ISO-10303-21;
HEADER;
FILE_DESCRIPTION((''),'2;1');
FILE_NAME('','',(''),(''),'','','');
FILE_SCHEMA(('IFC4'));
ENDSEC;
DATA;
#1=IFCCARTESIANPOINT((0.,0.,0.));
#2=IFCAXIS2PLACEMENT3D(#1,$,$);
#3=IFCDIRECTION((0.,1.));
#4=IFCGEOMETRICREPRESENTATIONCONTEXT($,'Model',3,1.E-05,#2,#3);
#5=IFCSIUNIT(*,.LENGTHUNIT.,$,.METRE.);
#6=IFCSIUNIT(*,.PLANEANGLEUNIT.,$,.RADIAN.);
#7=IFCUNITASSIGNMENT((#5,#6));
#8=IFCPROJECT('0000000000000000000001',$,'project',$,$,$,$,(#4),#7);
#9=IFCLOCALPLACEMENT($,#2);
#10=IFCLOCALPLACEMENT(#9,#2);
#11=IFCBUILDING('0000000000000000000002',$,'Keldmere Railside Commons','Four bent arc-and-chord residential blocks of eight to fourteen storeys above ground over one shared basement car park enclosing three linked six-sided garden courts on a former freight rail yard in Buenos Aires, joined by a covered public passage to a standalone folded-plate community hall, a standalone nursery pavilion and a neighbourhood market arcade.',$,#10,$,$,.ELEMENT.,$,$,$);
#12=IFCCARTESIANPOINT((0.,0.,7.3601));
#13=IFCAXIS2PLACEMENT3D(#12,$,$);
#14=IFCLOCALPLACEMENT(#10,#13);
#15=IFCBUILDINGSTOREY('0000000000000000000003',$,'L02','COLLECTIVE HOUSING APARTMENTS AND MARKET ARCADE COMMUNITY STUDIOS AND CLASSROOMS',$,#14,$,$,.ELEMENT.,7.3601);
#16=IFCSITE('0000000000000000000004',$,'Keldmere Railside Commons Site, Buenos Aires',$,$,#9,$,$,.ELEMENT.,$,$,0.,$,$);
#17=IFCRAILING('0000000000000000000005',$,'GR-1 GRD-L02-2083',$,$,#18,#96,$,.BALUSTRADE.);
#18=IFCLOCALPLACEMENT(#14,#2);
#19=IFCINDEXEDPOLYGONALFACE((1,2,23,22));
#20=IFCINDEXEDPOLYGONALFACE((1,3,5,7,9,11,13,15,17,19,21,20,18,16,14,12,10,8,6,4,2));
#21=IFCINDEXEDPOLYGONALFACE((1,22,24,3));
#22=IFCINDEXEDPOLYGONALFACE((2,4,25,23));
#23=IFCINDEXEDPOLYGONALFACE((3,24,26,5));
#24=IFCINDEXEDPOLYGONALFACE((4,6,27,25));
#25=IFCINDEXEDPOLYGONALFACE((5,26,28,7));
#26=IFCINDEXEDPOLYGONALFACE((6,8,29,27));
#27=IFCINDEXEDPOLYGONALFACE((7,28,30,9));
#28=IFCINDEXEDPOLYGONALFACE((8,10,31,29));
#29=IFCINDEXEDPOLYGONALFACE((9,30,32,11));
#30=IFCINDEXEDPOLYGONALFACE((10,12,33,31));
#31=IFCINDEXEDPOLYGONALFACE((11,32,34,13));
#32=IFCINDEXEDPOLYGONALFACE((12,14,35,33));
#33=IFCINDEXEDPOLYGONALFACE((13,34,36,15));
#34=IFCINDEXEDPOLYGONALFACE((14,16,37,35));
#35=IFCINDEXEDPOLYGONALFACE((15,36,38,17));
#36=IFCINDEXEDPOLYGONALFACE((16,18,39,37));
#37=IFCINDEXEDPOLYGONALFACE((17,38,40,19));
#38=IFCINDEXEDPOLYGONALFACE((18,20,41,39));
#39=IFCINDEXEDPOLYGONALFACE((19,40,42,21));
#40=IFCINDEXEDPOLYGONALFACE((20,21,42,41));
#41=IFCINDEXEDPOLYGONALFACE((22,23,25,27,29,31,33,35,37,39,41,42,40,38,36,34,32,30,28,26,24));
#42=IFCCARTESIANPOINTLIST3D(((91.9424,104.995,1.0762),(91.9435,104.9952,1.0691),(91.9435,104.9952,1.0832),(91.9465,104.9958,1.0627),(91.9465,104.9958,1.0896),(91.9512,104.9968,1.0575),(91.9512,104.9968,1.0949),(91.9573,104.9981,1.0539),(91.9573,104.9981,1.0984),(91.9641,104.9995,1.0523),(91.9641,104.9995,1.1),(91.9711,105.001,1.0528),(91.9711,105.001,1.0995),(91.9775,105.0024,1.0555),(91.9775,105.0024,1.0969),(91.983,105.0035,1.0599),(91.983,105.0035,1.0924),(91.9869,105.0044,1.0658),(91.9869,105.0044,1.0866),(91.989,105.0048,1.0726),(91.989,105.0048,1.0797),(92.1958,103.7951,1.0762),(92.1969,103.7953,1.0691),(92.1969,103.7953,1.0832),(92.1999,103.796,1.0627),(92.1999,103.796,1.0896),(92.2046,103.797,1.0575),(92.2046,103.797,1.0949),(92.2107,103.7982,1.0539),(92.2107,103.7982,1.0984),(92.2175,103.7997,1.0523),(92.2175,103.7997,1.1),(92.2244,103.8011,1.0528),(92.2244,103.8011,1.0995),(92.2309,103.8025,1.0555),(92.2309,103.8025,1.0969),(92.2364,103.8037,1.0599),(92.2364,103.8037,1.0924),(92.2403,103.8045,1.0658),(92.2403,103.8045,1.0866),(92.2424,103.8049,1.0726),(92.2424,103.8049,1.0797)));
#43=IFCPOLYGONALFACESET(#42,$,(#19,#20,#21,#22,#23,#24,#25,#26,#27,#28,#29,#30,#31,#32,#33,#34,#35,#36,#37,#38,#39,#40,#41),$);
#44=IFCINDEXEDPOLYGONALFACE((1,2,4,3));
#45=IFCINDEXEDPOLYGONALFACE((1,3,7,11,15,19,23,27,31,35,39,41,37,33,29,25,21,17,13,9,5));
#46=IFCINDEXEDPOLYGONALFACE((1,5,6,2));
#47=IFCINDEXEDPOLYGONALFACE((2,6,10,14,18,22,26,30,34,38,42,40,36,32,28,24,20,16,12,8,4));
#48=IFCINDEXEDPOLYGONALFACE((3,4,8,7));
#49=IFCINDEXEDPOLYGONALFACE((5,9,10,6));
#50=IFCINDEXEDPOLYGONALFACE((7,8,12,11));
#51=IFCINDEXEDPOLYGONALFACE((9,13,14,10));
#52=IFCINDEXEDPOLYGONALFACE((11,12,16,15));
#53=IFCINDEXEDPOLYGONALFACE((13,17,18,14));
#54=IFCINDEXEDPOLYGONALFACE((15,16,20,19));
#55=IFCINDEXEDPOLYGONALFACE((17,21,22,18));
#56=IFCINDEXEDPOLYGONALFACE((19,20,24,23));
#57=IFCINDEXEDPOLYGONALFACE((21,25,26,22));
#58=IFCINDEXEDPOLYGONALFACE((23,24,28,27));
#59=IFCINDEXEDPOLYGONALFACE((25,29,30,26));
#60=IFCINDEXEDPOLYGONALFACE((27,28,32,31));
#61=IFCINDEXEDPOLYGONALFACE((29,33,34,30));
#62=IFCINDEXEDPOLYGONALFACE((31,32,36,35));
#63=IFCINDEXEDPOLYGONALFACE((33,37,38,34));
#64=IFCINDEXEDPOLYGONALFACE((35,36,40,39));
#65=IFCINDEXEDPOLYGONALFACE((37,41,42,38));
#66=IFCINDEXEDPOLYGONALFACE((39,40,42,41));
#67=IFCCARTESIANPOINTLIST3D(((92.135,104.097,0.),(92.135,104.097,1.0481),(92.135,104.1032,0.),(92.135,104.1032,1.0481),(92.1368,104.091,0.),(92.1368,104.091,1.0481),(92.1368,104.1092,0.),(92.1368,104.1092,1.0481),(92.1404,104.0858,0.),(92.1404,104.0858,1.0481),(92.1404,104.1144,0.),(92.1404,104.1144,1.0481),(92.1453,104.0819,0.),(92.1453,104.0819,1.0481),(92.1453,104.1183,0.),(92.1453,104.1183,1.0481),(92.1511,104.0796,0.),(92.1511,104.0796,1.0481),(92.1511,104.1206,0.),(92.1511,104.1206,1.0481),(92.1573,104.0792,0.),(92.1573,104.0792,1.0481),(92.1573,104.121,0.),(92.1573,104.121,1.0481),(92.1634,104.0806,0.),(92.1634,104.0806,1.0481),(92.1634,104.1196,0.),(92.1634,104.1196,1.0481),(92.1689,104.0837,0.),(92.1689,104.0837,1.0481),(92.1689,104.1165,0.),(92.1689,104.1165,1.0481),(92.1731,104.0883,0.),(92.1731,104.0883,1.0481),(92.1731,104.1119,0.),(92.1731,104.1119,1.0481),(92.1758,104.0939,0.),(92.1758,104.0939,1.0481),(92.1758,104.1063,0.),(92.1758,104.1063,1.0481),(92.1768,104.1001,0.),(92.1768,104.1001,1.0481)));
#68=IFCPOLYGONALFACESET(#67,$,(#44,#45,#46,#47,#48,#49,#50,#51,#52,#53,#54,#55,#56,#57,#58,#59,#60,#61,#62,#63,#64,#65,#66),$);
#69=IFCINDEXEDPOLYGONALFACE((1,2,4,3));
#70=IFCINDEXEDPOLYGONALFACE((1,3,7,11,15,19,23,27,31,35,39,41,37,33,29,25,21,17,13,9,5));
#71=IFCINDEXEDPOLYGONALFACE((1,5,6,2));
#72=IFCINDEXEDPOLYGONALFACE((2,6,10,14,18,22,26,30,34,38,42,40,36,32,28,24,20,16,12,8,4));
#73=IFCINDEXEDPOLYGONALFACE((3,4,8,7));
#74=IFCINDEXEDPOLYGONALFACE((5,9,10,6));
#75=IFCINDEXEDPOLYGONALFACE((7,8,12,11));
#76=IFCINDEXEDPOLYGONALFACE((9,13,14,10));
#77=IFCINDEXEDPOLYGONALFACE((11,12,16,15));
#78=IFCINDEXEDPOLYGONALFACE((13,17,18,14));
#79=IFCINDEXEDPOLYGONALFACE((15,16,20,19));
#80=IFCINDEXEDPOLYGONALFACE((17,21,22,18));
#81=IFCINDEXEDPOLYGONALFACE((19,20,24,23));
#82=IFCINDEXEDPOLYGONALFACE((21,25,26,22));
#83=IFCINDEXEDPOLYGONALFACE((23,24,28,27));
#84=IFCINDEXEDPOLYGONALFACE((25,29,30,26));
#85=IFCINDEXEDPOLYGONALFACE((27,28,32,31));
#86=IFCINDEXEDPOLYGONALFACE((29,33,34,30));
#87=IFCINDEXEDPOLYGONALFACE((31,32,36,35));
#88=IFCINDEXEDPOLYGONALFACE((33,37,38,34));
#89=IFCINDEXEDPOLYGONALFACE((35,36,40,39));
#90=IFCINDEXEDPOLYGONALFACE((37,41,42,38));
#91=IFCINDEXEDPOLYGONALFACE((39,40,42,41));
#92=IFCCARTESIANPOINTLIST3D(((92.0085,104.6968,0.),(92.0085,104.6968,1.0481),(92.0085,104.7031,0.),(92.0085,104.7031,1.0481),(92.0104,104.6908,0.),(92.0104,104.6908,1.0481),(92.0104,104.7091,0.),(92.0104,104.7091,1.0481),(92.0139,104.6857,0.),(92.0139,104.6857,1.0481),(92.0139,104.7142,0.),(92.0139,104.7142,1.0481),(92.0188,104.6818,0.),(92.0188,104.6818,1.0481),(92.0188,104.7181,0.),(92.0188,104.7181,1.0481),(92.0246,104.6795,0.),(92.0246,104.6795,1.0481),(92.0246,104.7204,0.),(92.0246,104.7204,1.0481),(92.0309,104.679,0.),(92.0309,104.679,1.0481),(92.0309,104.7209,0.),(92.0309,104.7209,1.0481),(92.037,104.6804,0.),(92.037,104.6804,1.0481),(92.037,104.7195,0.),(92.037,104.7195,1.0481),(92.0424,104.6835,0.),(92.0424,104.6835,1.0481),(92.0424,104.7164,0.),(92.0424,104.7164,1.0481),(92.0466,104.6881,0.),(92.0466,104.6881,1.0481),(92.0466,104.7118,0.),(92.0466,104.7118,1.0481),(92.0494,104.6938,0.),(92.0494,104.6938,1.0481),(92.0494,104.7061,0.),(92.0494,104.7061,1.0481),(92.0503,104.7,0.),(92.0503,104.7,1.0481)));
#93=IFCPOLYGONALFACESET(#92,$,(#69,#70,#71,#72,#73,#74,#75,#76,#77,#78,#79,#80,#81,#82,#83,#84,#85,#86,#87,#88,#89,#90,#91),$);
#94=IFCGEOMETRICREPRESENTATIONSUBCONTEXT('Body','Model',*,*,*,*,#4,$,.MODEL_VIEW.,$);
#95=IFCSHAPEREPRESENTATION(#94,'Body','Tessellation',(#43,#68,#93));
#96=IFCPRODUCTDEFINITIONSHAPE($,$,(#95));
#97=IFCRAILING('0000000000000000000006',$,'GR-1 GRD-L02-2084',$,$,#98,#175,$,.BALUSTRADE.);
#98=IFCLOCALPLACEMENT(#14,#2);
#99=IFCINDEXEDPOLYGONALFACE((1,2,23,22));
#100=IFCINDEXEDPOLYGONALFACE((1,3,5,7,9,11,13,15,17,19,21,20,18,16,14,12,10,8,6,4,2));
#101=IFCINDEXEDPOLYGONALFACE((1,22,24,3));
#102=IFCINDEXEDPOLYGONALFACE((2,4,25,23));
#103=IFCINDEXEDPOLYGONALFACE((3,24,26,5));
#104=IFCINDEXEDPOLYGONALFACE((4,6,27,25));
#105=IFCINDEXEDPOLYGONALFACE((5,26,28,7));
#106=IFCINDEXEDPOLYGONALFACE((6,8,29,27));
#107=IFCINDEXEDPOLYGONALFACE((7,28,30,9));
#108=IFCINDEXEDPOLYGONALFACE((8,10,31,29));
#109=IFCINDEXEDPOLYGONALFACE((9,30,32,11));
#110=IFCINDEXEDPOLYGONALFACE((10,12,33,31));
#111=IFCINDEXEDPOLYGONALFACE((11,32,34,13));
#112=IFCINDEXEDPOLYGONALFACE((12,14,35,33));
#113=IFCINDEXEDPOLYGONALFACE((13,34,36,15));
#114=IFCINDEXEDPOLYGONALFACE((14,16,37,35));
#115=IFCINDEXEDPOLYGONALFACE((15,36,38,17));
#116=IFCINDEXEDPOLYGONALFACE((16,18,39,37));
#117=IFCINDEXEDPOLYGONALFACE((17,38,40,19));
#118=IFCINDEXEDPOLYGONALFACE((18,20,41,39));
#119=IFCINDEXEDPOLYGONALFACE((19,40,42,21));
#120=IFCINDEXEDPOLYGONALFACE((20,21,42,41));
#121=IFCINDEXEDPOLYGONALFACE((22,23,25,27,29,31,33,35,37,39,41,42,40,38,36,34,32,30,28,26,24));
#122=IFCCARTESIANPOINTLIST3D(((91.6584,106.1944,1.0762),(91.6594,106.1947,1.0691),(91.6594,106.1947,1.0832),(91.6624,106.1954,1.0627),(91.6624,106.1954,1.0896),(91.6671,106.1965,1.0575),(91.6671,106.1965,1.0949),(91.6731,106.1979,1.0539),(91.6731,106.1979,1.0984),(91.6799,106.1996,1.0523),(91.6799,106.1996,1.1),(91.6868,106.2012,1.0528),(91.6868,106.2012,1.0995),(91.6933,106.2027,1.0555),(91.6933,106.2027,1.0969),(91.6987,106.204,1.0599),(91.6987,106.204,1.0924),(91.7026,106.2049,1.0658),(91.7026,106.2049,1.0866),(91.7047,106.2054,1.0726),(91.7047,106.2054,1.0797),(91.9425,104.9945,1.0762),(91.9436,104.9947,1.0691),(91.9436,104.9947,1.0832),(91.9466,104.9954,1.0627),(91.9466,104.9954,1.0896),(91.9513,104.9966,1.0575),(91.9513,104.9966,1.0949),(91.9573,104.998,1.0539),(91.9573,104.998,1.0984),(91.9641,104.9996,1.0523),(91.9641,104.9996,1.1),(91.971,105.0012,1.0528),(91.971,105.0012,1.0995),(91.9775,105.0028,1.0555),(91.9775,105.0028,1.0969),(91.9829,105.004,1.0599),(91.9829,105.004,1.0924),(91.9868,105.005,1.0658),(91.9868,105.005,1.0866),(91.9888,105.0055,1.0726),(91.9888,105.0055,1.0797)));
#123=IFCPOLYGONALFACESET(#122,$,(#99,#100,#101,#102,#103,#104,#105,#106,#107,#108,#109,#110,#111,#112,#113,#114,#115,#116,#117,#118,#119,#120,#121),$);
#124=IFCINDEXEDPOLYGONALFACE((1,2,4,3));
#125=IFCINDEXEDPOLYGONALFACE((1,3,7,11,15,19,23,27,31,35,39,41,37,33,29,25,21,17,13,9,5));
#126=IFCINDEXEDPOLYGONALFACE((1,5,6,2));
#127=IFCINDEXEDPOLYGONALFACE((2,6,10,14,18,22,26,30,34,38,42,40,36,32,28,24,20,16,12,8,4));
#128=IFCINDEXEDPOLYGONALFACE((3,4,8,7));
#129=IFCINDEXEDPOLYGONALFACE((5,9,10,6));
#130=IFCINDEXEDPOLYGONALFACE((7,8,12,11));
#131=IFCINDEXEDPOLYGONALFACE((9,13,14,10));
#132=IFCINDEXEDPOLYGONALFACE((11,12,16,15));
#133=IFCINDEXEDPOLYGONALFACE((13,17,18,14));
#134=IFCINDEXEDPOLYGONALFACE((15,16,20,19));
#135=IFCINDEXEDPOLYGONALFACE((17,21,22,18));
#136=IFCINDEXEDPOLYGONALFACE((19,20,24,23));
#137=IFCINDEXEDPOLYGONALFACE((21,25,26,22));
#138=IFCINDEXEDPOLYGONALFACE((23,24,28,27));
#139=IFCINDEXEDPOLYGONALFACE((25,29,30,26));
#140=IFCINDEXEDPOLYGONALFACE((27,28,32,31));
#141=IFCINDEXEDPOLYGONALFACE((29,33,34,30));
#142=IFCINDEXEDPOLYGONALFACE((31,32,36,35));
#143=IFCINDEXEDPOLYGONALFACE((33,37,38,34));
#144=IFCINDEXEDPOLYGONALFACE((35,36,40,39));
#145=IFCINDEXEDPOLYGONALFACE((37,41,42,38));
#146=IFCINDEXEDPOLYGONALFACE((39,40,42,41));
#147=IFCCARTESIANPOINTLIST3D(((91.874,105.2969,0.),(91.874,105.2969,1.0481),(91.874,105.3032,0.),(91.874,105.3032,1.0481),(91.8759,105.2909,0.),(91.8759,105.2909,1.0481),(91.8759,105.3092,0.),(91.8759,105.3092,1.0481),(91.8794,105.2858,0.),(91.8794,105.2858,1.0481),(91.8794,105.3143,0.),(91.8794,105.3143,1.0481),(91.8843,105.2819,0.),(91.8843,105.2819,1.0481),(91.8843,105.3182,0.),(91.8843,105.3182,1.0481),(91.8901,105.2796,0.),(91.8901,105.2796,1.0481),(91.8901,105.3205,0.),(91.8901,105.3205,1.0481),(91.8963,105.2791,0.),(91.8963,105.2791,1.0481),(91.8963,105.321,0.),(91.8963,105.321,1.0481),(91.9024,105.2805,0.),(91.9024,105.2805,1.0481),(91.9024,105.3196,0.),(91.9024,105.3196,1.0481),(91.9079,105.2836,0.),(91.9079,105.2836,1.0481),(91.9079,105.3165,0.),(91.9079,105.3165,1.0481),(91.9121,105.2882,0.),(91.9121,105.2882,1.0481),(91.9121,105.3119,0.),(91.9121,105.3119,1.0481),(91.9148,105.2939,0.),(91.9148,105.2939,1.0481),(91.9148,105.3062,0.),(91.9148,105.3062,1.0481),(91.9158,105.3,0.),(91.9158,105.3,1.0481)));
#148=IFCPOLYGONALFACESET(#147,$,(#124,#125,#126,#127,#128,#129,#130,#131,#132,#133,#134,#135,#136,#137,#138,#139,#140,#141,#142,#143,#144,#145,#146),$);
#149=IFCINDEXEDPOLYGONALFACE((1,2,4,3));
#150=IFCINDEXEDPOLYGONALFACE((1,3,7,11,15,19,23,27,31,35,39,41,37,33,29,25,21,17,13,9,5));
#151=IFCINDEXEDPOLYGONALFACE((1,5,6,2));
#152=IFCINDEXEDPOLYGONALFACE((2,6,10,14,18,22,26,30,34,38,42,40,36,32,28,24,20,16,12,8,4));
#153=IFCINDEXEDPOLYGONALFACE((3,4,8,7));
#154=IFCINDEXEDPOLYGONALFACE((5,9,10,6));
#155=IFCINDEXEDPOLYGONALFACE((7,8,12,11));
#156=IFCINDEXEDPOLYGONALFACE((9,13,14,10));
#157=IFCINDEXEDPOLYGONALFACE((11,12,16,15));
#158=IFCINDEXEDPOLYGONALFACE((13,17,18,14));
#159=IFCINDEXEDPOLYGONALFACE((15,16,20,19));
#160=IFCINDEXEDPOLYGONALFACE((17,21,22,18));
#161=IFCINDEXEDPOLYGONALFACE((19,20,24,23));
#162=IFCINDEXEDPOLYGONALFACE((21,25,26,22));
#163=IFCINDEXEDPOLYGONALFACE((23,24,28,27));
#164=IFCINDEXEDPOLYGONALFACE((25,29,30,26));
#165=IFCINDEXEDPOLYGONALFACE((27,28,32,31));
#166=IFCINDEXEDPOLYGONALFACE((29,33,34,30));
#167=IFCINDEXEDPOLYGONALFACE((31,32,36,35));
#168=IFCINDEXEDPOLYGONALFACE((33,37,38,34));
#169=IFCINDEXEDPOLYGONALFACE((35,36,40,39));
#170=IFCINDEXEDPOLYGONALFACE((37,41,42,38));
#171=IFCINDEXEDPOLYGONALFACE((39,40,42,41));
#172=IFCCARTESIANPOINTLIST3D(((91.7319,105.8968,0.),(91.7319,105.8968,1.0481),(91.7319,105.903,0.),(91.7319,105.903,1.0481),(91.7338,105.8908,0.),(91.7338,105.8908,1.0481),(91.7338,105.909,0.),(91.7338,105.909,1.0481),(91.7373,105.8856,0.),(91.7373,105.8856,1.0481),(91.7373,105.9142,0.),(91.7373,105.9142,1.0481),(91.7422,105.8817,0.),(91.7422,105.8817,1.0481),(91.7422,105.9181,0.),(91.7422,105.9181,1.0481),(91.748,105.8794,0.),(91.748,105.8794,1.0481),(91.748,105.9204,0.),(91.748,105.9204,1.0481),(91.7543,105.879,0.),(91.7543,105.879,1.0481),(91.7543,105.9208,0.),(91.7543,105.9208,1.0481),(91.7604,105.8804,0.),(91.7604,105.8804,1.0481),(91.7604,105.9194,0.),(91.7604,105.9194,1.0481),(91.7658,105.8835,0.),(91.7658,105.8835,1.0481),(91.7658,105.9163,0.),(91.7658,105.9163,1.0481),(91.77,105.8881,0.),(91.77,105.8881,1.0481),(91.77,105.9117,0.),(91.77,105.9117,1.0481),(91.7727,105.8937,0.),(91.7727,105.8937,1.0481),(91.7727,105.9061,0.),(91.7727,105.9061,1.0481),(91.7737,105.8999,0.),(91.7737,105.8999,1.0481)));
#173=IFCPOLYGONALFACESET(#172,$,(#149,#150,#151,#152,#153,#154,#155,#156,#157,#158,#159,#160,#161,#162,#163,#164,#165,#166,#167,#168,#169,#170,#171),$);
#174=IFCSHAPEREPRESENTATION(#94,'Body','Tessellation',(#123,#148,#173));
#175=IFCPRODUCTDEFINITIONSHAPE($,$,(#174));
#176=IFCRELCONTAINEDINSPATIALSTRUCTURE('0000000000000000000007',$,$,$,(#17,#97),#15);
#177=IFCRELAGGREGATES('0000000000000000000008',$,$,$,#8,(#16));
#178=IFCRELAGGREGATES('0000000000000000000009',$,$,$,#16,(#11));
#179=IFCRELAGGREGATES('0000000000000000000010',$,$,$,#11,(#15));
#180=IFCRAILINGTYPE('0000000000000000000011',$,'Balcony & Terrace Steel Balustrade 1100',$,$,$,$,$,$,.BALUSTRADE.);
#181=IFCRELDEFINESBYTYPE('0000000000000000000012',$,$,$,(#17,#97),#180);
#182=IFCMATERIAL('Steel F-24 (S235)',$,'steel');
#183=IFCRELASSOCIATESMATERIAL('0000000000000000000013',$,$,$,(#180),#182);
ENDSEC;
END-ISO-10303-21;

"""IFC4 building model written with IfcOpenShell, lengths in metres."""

from ifc_helpers import new_model, si_unit, direction, frame, origin, origin_2d, place, context, subcontext, project, spatial, circle, extrude, material, type_object, element, save


model = new_model("IFC4")

# Units and contexts
model_context = context("Model", 3, precision=1e-05, world=origin(), true_north=direction((0.0, 1.0)))
body_context = subcontext(model_context, "Body", "Model", "MODEL_VIEW")
ifc_project = project(units=[si_unit("LENGTHUNIT", "METRE"), si_unit("PLANEANGLEUNIT", "RADIAN")], contexts=[model_context])

# Site, building, storey
site_placement = place(None, origin())
site = spatial("IfcSite", under=ifc_project, at=site_placement, Name="Keldmere Railside Commons Site, Buenos Aires", CompositionType="ELEMENT", RefElevation=0.0)
building_placement = place(site_placement, origin())
building = spatial("IfcBuilding", under=site, at=building_placement, Name="Keldmere Railside Commons", Description="Four bent arc-and-chord residential blocks of eight to fourteen storeys above ground over one shared basement car park enclosing three linked six-sided garden courts on a former freight rail yard in Buenos Aires, joined by a covered public passage to a standalone folded-plate community hall, a standalone nursery pavilion and a neighbourhood market arcade.", CompositionType="ELEMENT")
storey_placement = place(building_placement, frame((0.0, 0.0, 7.3601)))
storey = spatial("IfcBuildingStorey", under=building, at=storey_placement, Name="L02", Description="COLLECTIVE HOUSING APARTMENTS AND MARKET ARCADE COMMUNITY STUDIOS AND CLASSROOMS", CompositionType="ELEMENT", Elevation=7.3601)

# Railings
ifc_material_1 = material(Name="Steel F-24 (S235)", Category="steel")
railing_type = type_object("IfcRailingType", Name="Balcony & Terrace Steel Balustrade 1100", PredefinedType="BALUSTRADE", material=ifc_material_1)
railing_1_placement = place(storey_placement, frame((92.2192, 103.8, 0.0)))
element("IfcRailing", 1, at=railing_1_placement, inside=storey, type_object=railing_type, Name="GR-1 GRD-L02-2083", PredefinedType="BALUSTRADE", context=body_context, shape_type="SweptSolid", body=[
    extrude(circle(Radius=0.0239, at=origin_2d()), frame((0.0, 0.0, 1.0762), z_axis=(-0.206632, 0.978419, 0.0), x_axis=(-0.978419, -0.206632, 0.0)), (0.0, 0.0, 1.0), 1.2263),
    extrude(circle(Radius=0.021, at=origin_2d()), frame((-0.0635, 0.3, 0.0)), (0.0, 0.0, 1.0), 1.0481),
    extrude(circle(Radius=0.021, at=origin_2d()), frame((-0.1899, 0.8999, 0.0)), (0.0, 0.0, 1.0), 1.0481),
])
railing_2_placement = place(storey_placement, frame((91.9658, 105.0, 0.0)))
element("IfcRailing", 2, at=railing_2_placement, inside=storey, type_object=railing_type, Name="GR-1 GRD-L02-2084", PredefinedType="BALUSTRADE", context=body_context, shape_type="SweptSolid", body=[
    extrude(circle(Radius=0.0239, at=origin_2d()), frame((0.0, 0.0, 1.0762), z_axis=(-0.230452, 0.973084, 0.0), x_axis=(-0.973084, -0.230452, 0.0)), (0.0, 0.0, 1.0), 1.2332),
    extrude(circle(Radius=0.021, at=origin_2d()), frame((-0.071, 0.3, 0.0)), (0.0, 0.0, 1.0), 1.0481),
    extrude(circle(Radius=0.021, at=origin_2d()), frame((-0.2131, 0.8999, 0.0)), (0.0, 0.0, 1.0), 1.0481),
])

save(model, "model.ifc")
